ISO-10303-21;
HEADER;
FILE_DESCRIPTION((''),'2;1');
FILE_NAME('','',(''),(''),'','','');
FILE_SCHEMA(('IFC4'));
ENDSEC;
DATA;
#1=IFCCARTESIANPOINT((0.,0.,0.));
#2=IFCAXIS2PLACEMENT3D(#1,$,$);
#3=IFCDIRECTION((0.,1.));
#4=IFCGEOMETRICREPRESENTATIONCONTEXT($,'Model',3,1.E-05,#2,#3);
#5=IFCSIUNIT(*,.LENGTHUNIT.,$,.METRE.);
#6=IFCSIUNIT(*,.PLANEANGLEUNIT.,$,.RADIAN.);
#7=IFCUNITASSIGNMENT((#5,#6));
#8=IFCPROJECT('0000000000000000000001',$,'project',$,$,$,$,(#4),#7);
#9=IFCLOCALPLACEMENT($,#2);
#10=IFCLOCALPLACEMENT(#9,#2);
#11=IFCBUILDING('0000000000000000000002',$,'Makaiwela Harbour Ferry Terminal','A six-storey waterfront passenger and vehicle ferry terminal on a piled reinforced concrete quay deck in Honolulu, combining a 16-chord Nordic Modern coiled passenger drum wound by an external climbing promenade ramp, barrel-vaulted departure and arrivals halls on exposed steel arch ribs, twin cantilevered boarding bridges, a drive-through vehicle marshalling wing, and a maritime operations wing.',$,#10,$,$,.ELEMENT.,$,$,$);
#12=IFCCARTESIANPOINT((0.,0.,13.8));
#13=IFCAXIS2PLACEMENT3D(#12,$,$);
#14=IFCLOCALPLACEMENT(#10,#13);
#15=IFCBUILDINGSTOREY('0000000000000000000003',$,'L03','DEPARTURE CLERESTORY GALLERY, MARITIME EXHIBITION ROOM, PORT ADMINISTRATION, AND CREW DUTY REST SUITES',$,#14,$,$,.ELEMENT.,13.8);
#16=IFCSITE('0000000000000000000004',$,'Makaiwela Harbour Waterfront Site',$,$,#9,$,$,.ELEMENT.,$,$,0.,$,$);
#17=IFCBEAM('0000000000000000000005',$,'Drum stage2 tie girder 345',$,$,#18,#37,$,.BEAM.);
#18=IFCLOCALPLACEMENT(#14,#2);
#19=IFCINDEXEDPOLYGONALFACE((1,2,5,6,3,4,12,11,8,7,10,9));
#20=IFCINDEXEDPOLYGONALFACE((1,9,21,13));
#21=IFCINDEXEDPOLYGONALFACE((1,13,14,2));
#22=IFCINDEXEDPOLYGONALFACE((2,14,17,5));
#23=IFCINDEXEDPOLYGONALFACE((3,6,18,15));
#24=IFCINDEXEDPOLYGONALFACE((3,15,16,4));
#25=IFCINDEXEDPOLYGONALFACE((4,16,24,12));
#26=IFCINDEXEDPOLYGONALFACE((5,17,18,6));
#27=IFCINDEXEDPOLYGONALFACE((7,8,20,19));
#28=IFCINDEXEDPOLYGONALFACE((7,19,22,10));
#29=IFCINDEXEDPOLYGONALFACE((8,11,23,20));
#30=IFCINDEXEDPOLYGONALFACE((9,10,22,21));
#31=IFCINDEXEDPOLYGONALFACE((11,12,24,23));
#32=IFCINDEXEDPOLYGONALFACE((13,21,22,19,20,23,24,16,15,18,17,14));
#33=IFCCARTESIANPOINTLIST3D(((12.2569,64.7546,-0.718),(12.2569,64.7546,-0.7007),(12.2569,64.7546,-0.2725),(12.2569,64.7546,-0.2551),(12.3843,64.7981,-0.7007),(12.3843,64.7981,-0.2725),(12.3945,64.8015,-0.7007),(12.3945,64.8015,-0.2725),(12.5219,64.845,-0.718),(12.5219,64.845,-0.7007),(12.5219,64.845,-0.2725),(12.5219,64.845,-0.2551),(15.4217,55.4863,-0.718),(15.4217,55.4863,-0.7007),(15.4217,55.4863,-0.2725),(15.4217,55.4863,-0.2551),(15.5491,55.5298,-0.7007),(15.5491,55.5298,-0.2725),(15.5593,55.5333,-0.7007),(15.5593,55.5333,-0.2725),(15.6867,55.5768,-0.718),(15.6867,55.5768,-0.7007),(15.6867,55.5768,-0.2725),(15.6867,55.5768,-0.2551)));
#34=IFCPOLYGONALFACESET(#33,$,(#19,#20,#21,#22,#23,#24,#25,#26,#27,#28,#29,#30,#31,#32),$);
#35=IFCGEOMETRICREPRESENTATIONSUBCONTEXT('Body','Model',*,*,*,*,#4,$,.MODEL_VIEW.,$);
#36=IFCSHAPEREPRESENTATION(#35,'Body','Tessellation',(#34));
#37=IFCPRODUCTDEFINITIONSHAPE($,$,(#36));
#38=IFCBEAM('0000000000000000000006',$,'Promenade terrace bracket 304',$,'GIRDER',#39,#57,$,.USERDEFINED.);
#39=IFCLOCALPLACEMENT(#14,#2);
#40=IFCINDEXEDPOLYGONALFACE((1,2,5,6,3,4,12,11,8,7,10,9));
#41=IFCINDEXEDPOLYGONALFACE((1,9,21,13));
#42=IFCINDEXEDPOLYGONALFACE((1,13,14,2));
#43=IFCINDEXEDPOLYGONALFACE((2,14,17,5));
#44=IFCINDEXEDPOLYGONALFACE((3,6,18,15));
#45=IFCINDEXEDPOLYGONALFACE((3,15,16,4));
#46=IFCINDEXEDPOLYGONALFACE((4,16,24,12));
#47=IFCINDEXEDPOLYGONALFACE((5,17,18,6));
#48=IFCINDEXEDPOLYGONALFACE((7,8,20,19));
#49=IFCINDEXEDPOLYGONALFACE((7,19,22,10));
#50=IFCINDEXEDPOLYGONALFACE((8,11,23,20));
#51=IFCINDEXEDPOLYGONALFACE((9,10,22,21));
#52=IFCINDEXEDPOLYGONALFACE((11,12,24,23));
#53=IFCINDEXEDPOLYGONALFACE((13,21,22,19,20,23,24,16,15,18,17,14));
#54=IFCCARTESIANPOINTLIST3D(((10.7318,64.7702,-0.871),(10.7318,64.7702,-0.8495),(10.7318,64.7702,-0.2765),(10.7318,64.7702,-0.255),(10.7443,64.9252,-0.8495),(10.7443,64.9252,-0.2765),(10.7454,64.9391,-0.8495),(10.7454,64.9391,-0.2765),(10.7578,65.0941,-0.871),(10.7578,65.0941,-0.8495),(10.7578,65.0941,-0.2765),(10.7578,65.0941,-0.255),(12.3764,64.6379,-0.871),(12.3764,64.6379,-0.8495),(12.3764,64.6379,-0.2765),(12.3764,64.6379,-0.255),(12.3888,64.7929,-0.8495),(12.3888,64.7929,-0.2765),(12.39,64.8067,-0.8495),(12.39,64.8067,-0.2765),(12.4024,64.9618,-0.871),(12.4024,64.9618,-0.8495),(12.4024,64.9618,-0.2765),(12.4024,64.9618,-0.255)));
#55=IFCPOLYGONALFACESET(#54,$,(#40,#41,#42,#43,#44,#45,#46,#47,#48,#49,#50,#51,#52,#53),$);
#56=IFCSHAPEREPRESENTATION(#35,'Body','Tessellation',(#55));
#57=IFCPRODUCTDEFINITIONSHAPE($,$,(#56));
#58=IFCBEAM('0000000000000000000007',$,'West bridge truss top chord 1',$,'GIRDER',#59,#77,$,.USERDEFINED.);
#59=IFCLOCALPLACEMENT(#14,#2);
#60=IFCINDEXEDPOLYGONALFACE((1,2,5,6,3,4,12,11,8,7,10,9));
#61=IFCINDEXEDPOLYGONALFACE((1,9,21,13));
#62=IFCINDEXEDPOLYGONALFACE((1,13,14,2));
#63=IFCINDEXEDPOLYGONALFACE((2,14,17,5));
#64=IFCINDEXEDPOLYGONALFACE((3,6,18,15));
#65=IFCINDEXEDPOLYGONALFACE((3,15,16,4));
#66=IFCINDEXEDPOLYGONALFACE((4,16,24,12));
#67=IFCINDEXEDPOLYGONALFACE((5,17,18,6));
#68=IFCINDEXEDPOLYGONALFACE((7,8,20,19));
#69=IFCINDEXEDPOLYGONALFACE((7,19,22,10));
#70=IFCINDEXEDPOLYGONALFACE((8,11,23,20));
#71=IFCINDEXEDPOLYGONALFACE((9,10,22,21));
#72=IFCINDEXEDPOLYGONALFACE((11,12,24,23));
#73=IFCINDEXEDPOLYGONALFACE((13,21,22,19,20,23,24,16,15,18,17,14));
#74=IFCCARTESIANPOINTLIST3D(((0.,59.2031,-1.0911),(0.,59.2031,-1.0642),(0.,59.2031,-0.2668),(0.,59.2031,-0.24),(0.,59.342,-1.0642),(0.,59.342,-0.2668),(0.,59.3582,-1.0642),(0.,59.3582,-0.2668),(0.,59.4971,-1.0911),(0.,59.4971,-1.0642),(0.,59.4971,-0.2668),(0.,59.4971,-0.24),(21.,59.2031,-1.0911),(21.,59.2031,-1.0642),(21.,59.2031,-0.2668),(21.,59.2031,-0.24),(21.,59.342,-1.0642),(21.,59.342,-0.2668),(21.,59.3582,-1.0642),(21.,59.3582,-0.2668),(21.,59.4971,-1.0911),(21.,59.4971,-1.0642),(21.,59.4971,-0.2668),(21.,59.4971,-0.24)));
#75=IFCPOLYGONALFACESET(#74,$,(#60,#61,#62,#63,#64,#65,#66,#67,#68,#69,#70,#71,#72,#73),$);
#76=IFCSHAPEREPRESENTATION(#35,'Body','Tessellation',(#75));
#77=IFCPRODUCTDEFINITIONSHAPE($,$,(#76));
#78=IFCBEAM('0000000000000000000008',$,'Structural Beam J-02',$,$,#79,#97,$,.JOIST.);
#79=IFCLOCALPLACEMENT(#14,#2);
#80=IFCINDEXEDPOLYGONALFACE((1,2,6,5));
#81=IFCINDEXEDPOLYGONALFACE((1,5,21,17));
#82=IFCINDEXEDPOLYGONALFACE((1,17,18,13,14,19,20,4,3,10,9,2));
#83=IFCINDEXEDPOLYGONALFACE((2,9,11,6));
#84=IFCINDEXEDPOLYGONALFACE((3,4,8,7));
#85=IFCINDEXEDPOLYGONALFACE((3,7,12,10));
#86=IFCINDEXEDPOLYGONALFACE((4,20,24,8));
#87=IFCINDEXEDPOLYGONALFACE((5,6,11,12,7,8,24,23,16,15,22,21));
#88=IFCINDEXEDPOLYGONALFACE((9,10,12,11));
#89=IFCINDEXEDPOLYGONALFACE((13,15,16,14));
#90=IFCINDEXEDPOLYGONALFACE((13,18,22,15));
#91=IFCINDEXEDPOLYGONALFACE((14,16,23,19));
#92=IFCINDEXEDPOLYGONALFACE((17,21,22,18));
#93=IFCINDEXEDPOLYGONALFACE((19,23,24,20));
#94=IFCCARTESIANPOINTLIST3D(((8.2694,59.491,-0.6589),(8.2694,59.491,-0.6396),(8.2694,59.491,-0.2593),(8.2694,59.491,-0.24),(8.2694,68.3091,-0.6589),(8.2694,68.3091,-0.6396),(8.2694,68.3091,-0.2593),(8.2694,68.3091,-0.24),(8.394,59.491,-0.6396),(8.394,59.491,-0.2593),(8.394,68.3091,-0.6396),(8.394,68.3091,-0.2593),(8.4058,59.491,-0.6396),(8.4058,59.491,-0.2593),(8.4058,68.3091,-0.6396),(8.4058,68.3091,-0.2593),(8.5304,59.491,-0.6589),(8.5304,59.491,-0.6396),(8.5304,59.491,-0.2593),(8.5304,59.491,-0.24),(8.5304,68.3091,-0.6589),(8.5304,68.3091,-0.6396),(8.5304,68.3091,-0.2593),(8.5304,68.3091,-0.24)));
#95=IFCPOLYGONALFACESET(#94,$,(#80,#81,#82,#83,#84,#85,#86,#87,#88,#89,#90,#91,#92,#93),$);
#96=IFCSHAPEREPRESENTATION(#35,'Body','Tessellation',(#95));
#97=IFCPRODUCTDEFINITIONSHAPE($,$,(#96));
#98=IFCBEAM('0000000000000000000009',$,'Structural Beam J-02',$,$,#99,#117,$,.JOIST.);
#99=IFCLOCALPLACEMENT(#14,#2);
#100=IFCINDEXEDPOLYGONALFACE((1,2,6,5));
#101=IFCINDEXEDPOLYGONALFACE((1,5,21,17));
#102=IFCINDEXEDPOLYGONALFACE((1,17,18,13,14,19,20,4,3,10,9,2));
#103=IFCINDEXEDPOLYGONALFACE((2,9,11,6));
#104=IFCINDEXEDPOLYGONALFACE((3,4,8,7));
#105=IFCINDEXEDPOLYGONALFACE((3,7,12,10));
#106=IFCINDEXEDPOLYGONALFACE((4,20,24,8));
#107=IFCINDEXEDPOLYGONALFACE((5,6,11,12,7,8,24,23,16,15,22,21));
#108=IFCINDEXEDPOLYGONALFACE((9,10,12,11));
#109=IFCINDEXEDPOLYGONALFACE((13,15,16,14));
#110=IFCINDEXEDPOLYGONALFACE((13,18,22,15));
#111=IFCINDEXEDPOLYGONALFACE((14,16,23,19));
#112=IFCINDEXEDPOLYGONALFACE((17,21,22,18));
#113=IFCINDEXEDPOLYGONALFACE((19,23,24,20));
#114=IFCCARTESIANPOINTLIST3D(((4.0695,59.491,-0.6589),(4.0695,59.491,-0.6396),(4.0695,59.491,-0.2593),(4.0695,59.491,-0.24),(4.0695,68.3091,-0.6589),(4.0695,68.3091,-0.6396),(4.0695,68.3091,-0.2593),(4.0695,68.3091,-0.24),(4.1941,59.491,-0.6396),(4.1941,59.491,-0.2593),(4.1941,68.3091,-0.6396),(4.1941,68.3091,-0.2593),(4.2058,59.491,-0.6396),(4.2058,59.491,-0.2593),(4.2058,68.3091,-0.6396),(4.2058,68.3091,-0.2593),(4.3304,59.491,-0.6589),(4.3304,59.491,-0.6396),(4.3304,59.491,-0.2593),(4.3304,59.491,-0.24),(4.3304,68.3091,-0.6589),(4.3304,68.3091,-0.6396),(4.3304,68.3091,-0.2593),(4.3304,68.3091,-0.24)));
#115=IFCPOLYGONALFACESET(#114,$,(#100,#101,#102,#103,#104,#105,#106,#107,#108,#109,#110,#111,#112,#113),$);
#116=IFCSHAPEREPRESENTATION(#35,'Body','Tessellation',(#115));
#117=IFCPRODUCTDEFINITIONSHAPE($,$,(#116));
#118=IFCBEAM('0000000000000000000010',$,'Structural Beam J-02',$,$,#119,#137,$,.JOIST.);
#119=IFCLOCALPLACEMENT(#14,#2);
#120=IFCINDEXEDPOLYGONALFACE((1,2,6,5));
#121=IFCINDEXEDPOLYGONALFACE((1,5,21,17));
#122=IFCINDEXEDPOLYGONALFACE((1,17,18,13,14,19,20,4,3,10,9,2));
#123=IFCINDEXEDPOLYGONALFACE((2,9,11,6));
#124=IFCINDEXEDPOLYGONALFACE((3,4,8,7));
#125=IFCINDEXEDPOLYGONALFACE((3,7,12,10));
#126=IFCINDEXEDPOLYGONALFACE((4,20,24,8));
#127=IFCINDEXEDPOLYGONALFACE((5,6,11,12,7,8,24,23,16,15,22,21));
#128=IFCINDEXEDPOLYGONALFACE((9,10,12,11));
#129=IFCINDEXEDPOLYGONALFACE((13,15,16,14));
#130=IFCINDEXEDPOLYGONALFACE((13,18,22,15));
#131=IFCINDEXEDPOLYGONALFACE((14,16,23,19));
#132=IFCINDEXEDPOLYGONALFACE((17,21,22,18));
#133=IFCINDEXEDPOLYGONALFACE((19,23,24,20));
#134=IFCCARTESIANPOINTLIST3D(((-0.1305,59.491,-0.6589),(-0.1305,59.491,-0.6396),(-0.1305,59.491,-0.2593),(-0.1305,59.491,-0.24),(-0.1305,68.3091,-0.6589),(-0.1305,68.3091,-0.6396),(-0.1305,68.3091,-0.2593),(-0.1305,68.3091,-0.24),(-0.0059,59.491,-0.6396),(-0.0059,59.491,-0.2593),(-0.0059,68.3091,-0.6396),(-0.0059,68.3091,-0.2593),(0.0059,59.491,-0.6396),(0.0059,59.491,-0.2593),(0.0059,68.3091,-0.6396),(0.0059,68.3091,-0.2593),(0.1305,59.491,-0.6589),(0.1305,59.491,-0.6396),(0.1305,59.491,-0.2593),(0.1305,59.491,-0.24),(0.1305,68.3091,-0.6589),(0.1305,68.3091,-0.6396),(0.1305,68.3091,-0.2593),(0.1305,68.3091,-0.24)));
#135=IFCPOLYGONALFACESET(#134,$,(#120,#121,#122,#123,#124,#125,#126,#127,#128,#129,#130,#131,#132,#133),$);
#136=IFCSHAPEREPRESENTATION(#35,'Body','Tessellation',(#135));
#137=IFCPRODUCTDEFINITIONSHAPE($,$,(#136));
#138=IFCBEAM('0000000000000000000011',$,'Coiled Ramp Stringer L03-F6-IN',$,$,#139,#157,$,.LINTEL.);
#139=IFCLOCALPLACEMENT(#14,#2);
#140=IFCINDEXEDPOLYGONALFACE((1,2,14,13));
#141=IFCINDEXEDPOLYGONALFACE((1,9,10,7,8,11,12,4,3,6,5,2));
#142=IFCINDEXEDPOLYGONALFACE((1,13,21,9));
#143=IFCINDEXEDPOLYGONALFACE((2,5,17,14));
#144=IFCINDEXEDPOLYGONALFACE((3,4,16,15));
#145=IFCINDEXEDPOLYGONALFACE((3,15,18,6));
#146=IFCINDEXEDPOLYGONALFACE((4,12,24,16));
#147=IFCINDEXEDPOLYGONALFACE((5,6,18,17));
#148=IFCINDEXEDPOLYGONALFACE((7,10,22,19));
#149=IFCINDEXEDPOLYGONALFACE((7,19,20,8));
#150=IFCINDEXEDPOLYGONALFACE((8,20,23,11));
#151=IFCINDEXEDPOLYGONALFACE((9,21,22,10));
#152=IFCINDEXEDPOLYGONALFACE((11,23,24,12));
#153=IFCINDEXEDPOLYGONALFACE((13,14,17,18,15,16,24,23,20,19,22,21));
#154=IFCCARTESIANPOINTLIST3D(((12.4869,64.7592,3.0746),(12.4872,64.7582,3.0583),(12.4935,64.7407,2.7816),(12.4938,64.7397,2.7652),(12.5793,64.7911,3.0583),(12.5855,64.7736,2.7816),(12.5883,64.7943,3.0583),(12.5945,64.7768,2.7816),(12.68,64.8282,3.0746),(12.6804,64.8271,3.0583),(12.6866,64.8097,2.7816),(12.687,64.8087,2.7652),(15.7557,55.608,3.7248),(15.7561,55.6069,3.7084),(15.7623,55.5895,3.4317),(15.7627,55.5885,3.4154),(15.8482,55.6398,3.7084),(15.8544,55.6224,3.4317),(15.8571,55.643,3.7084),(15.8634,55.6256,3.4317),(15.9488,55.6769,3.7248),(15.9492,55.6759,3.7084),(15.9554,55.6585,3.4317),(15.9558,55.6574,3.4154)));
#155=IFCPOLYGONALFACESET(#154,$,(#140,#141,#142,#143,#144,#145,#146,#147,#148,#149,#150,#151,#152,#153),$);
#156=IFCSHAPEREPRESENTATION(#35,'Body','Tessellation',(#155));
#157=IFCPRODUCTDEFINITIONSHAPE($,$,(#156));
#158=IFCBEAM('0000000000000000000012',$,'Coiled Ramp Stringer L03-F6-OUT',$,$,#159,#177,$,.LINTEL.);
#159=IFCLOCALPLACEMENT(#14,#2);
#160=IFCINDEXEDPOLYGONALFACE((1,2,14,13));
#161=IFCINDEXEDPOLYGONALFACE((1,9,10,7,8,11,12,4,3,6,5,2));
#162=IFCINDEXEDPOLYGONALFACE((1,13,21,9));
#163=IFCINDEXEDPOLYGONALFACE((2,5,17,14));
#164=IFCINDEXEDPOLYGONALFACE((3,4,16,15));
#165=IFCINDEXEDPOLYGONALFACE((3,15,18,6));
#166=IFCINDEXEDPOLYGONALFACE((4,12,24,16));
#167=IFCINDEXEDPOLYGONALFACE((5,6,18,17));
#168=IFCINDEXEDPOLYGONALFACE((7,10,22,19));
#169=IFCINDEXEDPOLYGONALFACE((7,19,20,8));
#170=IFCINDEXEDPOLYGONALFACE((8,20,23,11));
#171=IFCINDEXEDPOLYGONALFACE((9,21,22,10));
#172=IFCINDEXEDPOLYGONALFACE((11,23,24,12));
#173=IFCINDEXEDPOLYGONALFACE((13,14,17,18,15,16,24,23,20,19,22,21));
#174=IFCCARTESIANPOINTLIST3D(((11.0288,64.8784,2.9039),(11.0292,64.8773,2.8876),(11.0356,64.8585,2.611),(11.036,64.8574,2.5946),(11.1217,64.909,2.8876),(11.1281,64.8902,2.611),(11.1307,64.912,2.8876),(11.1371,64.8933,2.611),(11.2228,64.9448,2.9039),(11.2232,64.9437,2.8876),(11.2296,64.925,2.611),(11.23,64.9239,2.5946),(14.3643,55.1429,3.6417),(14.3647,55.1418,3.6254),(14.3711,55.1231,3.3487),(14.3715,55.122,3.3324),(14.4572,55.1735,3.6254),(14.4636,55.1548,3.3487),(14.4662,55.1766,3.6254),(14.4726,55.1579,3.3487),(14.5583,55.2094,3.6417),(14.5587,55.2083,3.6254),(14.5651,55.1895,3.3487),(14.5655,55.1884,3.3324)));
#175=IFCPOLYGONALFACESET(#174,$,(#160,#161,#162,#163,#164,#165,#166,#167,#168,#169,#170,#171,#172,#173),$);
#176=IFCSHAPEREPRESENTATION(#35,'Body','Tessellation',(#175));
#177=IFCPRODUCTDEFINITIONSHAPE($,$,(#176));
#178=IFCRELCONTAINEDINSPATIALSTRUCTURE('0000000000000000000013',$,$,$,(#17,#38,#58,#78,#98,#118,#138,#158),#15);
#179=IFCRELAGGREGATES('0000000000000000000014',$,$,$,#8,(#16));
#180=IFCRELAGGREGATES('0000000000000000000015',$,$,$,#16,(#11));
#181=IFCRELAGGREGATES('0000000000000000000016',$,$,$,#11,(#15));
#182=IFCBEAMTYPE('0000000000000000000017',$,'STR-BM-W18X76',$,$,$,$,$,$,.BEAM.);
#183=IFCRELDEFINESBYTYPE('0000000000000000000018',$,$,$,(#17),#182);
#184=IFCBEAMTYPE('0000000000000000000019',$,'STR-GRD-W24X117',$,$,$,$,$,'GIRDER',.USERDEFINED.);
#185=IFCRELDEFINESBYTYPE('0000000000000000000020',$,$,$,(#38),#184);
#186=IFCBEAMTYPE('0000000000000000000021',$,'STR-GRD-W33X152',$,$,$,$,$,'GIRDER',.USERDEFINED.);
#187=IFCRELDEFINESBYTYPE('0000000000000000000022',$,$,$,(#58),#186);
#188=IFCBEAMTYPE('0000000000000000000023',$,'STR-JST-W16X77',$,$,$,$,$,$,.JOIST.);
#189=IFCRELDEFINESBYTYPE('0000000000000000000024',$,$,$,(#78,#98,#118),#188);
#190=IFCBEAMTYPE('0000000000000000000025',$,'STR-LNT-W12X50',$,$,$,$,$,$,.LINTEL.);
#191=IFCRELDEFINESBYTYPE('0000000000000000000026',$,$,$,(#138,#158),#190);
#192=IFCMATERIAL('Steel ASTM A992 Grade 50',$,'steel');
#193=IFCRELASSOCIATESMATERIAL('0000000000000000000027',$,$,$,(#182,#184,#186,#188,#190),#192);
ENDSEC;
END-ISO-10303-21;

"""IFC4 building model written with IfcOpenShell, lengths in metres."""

from ifc_helpers import new_model, si_unit, direction, frame, origin, origin_2d, place, context, subcontext, project, spatial, i_section, extrude, material, material_profile, profile_set, type_object, element, save


model = new_model("IFC4")

# Units and contexts
model_context = context("Model", 3, precision=1e-05, world=origin(), true_north=direction((0.0, 1.0)))
body_context = subcontext(model_context, "Body", "Model", "MODEL_VIEW")
ifc_project = project(units=[si_unit("LENGTHUNIT", "METRE"), si_unit("PLANEANGLEUNIT", "RADIAN")], contexts=[model_context])

# Site, building, storey
site_placement = place(None, origin())
site = spatial("IfcSite", under=ifc_project, at=site_placement, Name="Makaiwela Harbour Waterfront Site", CompositionType="ELEMENT", RefElevation=0.0)
building_placement = place(site_placement, origin())
building = spatial("IfcBuilding", under=site, at=building_placement, Name="Makaiwela Harbour Ferry Terminal", Description="A six-storey waterfront passenger and vehicle ferry terminal on a piled reinforced concrete quay deck in Honolulu, combining a 16-chord Nordic Modern coiled passenger drum wound by an external climbing promenade ramp, barrel-vaulted departure and arrivals halls on exposed steel arch ribs, twin cantilevered boarding bridges, a drive-through vehicle marshalling wing, and a maritime operations wing.", CompositionType="ELEMENT")
storey_placement = place(building_placement, frame((0.0, 0.0, 13.8)))
storey = spatial("IfcBuildingStorey", under=building, at=storey_placement, Name="L03", Description="DEPARTURE CLERESTORY GALLERY, MARITIME EXHIBITION ROOM, PORT ADMINISTRATION, AND CREW DUTY REST SUITES", CompositionType="ELEMENT", Elevation=13.8)

# Beams
ifc_material_1 = material(Name="Steel ASTM A992 Grade 50", Category="steel")
ifc_material_profile_1 = material_profile(ifc_material_1, i_section(OverallWidth=0.28, OverallDepth=0.4629, WebThickness=0.0107, FlangeThickness=0.0173, at=origin_2d()), Name="W18X76")
ifc_profile_set_1 = profile_set([ifc_material_profile_1], Name="Steel ASTM A992 Grade 50")
beam_type_1 = type_object("IfcBeamType", Name="STR-BM-W18X76", PredefinedType="BEAM", material=ifc_profile_set_1)
beam_1_placement = place(storey_placement, frame((12.3894, 64.7998, -0.4866), z_axis=(0.323144, -0.94635, 0.0), x_axis=(0.94635, 0.323144, 0.0)))
element("IfcBeam", 1, at=beam_1_placement, inside=storey, type_object=beam_type_1, Name="Drum stage2 tie girder 345", PredefinedType="BEAM", context=body_context, shape_type="SweptSolid", body=[
    extrude(i_section(OverallWidth=0.28, OverallDepth=0.4629, WebThickness=0.0107, FlangeThickness=0.0173, at=origin_2d()), origin(), (0.0, 0.0, 1.0), 9.7937),
])
ifc_material_profile_2 = material_profile(ifc_material_1, i_section(OverallWidth=0.325, OverallDepth=0.616, WebThickness=0.0139, FlangeThickness=0.0215, at=origin_2d()), Name="W24X117")
ifc_profile_set_2 = profile_set([ifc_material_profile_2], Name="Steel ASTM A992 Grade 50")
beam_type_2 = type_object("IfcBeamType", Name="STR-GRD-W24X117", ElementType="GIRDER", PredefinedType="USERDEFINED", material=ifc_profile_set_2)
beam_2_placement = place(storey_placement, frame((12.3894, 64.7998, -0.563), z_axis=(-0.996778, 0.080204, 0.0), x_axis=(-0.080204, -0.996778, 0.0)))
element("IfcBeam", 2, at=beam_2_placement, inside=storey, type_object=beam_type_2, Name="Promenade terrace bracket 304", ObjectType="GIRDER", PredefinedType="USERDEFINED", context=body_context, shape_type="SweptSolid", body=[
    extrude(i_section(OverallWidth=0.325, OverallDepth=0.616, WebThickness=0.0139, FlangeThickness=0.0215, at=origin_2d()), origin(), (0.0, 0.0, 1.0), 1.6499),
])
ifc_material_profile_3 = material_profile(ifc_material_1, i_section(OverallWidth=0.2939, OverallDepth=0.8511, WebThickness=0.0161, FlangeThickness=0.0269, at=origin_2d()), Name="W33X152")
ifc_profile_set_3 = profile_set([ifc_material_profile_3], Name="Steel ASTM A992 Grade 50")
beam_type_3 = type_object("IfcBeamType", Name="STR-GRD-W33X152", ElementType="GIRDER", PredefinedType="USERDEFINED", material=ifc_profile_set_3)
beam_3_placement = place(storey_placement, frame((0.0, 59.3501, -0.6655), z_axis=(1.0, 0.0, 0.0), x_axis=(0.0, 1.0, 0.0)))
element("IfcBeam", 3, at=beam_3_placement, inside=storey, type_object=beam_type_3, Name="West bridge truss top chord 1", ObjectType="GIRDER", PredefinedType="USERDEFINED", context=body_context, shape_type="SweptSolid", body=[
    extrude(i_section(OverallWidth=0.2939, OverallDepth=0.8511, WebThickness=0.0161, FlangeThickness=0.0269, at=origin_2d()), origin(), (0.0, 0.0, 1.0), 21.0),
])
ifc_material_profile_4 = material_profile(ifc_material_1, i_section(OverallWidth=0.261, OverallDepth=0.4189, WebThickness=0.0117, FlangeThickness=0.0193, at=origin_2d()), Name="W16X77")
ifc_profile_set_4 = profile_set([ifc_material_profile_4], Name="Steel ASTM A992 Grade 50")
beam_type_4 = type_object("IfcBeamType", Name="STR-JST-W16X77", PredefinedType="JOIST", material=ifc_profile_set_4)
for number, where, z_axis, x_axis, name in (
    (4, (8.3999, 59.491, -0.4495), (0.0, 1.0, 0.0), (-1.0, 0.0, 0.0), "Structural Beam J-02"),
    (5, (4.2, 59.491, -0.4495), (0.0, 1.0, 0.0), (-1.0, 0.0, 0.0), "Structural Beam J-02"),
    (6, (0.0, 59.491, -0.4495), (0.0, 1.0, 0.0), (-1.0, 0.0, 0.0), "Structural Beam J-02"),
):
    element("IfcBeam", number, at=place(storey_placement, frame(where, z_axis=z_axis, x_axis=x_axis)), inside=storey, type_object=beam_type_4, Name=name, PredefinedType="JOIST", context=body_context, shape_type="SweptSolid", body=[
        extrude(i_section(OverallWidth=0.261, OverallDepth=0.4189, WebThickness=0.0117, FlangeThickness=0.0193, at=origin_2d()), origin(), (0.0, 0.0, 1.0), 8.8181),
    ])
ifc_material_profile_5 = material_profile(ifc_material_1, i_section(OverallWidth=0.2051, OverallDepth=0.3101, WebThickness=0.0095, FlangeThickness=0.0164, at=origin_2d()), Name="W12X50")
ifc_profile_set_5 = profile_set([ifc_material_profile_5], Name="Steel ASTM A992 Grade 50")
beam_type_5 = type_object("IfcBeamType", Name="STR-LNT-W12X50", PredefinedType="LINTEL", material=ifc_profile_set_5)
beam_4_placement = place(storey_placement, frame((12.5869, 64.7839, 2.9199), z_axis=(0.335635, -0.939624, 0.066756), x_axis=(0.941724, 0.336386, 0.0)))
element("IfcBeam", 7, at=beam_4_placement, inside=storey, type_object=beam_type_5, Name="Coiled Ramp Stringer L03-F6-IN", PredefinedType="LINTEL", context=body_context, shape_type="SweptSolid", body=[
    extrude(i_section(OverallWidth=0.2051, OverallDepth=0.3101, WebThickness=0.0095, FlangeThickness=0.0164, at=origin_2d()), origin(), (0.0, 0.0, 1.0), 9.7393),
])
beam_5_placement = place(storey_placement, frame((11.1294, 64.9011, 2.7493), z_axis=(0.323287, -0.943595, 0.07151), x_axis=(0.946017, 0.324117, 0.0)))
element("IfcBeam", 8, at=beam_5_placement, inside=storey, type_object=beam_type_5, Name="Coiled Ramp Stringer L03-F6-OUT", PredefinedType="LINTEL", context=body_context, shape_type="SweptSolid", body=[
    extrude(i_section(OverallWidth=0.2051, OverallDepth=0.3101, WebThickness=0.0095, FlangeThickness=0.0164, at=origin_2d()), origin(), (0.0, 0.0, 1.0), 10.3174),
])

save(model, "model.ifc")
